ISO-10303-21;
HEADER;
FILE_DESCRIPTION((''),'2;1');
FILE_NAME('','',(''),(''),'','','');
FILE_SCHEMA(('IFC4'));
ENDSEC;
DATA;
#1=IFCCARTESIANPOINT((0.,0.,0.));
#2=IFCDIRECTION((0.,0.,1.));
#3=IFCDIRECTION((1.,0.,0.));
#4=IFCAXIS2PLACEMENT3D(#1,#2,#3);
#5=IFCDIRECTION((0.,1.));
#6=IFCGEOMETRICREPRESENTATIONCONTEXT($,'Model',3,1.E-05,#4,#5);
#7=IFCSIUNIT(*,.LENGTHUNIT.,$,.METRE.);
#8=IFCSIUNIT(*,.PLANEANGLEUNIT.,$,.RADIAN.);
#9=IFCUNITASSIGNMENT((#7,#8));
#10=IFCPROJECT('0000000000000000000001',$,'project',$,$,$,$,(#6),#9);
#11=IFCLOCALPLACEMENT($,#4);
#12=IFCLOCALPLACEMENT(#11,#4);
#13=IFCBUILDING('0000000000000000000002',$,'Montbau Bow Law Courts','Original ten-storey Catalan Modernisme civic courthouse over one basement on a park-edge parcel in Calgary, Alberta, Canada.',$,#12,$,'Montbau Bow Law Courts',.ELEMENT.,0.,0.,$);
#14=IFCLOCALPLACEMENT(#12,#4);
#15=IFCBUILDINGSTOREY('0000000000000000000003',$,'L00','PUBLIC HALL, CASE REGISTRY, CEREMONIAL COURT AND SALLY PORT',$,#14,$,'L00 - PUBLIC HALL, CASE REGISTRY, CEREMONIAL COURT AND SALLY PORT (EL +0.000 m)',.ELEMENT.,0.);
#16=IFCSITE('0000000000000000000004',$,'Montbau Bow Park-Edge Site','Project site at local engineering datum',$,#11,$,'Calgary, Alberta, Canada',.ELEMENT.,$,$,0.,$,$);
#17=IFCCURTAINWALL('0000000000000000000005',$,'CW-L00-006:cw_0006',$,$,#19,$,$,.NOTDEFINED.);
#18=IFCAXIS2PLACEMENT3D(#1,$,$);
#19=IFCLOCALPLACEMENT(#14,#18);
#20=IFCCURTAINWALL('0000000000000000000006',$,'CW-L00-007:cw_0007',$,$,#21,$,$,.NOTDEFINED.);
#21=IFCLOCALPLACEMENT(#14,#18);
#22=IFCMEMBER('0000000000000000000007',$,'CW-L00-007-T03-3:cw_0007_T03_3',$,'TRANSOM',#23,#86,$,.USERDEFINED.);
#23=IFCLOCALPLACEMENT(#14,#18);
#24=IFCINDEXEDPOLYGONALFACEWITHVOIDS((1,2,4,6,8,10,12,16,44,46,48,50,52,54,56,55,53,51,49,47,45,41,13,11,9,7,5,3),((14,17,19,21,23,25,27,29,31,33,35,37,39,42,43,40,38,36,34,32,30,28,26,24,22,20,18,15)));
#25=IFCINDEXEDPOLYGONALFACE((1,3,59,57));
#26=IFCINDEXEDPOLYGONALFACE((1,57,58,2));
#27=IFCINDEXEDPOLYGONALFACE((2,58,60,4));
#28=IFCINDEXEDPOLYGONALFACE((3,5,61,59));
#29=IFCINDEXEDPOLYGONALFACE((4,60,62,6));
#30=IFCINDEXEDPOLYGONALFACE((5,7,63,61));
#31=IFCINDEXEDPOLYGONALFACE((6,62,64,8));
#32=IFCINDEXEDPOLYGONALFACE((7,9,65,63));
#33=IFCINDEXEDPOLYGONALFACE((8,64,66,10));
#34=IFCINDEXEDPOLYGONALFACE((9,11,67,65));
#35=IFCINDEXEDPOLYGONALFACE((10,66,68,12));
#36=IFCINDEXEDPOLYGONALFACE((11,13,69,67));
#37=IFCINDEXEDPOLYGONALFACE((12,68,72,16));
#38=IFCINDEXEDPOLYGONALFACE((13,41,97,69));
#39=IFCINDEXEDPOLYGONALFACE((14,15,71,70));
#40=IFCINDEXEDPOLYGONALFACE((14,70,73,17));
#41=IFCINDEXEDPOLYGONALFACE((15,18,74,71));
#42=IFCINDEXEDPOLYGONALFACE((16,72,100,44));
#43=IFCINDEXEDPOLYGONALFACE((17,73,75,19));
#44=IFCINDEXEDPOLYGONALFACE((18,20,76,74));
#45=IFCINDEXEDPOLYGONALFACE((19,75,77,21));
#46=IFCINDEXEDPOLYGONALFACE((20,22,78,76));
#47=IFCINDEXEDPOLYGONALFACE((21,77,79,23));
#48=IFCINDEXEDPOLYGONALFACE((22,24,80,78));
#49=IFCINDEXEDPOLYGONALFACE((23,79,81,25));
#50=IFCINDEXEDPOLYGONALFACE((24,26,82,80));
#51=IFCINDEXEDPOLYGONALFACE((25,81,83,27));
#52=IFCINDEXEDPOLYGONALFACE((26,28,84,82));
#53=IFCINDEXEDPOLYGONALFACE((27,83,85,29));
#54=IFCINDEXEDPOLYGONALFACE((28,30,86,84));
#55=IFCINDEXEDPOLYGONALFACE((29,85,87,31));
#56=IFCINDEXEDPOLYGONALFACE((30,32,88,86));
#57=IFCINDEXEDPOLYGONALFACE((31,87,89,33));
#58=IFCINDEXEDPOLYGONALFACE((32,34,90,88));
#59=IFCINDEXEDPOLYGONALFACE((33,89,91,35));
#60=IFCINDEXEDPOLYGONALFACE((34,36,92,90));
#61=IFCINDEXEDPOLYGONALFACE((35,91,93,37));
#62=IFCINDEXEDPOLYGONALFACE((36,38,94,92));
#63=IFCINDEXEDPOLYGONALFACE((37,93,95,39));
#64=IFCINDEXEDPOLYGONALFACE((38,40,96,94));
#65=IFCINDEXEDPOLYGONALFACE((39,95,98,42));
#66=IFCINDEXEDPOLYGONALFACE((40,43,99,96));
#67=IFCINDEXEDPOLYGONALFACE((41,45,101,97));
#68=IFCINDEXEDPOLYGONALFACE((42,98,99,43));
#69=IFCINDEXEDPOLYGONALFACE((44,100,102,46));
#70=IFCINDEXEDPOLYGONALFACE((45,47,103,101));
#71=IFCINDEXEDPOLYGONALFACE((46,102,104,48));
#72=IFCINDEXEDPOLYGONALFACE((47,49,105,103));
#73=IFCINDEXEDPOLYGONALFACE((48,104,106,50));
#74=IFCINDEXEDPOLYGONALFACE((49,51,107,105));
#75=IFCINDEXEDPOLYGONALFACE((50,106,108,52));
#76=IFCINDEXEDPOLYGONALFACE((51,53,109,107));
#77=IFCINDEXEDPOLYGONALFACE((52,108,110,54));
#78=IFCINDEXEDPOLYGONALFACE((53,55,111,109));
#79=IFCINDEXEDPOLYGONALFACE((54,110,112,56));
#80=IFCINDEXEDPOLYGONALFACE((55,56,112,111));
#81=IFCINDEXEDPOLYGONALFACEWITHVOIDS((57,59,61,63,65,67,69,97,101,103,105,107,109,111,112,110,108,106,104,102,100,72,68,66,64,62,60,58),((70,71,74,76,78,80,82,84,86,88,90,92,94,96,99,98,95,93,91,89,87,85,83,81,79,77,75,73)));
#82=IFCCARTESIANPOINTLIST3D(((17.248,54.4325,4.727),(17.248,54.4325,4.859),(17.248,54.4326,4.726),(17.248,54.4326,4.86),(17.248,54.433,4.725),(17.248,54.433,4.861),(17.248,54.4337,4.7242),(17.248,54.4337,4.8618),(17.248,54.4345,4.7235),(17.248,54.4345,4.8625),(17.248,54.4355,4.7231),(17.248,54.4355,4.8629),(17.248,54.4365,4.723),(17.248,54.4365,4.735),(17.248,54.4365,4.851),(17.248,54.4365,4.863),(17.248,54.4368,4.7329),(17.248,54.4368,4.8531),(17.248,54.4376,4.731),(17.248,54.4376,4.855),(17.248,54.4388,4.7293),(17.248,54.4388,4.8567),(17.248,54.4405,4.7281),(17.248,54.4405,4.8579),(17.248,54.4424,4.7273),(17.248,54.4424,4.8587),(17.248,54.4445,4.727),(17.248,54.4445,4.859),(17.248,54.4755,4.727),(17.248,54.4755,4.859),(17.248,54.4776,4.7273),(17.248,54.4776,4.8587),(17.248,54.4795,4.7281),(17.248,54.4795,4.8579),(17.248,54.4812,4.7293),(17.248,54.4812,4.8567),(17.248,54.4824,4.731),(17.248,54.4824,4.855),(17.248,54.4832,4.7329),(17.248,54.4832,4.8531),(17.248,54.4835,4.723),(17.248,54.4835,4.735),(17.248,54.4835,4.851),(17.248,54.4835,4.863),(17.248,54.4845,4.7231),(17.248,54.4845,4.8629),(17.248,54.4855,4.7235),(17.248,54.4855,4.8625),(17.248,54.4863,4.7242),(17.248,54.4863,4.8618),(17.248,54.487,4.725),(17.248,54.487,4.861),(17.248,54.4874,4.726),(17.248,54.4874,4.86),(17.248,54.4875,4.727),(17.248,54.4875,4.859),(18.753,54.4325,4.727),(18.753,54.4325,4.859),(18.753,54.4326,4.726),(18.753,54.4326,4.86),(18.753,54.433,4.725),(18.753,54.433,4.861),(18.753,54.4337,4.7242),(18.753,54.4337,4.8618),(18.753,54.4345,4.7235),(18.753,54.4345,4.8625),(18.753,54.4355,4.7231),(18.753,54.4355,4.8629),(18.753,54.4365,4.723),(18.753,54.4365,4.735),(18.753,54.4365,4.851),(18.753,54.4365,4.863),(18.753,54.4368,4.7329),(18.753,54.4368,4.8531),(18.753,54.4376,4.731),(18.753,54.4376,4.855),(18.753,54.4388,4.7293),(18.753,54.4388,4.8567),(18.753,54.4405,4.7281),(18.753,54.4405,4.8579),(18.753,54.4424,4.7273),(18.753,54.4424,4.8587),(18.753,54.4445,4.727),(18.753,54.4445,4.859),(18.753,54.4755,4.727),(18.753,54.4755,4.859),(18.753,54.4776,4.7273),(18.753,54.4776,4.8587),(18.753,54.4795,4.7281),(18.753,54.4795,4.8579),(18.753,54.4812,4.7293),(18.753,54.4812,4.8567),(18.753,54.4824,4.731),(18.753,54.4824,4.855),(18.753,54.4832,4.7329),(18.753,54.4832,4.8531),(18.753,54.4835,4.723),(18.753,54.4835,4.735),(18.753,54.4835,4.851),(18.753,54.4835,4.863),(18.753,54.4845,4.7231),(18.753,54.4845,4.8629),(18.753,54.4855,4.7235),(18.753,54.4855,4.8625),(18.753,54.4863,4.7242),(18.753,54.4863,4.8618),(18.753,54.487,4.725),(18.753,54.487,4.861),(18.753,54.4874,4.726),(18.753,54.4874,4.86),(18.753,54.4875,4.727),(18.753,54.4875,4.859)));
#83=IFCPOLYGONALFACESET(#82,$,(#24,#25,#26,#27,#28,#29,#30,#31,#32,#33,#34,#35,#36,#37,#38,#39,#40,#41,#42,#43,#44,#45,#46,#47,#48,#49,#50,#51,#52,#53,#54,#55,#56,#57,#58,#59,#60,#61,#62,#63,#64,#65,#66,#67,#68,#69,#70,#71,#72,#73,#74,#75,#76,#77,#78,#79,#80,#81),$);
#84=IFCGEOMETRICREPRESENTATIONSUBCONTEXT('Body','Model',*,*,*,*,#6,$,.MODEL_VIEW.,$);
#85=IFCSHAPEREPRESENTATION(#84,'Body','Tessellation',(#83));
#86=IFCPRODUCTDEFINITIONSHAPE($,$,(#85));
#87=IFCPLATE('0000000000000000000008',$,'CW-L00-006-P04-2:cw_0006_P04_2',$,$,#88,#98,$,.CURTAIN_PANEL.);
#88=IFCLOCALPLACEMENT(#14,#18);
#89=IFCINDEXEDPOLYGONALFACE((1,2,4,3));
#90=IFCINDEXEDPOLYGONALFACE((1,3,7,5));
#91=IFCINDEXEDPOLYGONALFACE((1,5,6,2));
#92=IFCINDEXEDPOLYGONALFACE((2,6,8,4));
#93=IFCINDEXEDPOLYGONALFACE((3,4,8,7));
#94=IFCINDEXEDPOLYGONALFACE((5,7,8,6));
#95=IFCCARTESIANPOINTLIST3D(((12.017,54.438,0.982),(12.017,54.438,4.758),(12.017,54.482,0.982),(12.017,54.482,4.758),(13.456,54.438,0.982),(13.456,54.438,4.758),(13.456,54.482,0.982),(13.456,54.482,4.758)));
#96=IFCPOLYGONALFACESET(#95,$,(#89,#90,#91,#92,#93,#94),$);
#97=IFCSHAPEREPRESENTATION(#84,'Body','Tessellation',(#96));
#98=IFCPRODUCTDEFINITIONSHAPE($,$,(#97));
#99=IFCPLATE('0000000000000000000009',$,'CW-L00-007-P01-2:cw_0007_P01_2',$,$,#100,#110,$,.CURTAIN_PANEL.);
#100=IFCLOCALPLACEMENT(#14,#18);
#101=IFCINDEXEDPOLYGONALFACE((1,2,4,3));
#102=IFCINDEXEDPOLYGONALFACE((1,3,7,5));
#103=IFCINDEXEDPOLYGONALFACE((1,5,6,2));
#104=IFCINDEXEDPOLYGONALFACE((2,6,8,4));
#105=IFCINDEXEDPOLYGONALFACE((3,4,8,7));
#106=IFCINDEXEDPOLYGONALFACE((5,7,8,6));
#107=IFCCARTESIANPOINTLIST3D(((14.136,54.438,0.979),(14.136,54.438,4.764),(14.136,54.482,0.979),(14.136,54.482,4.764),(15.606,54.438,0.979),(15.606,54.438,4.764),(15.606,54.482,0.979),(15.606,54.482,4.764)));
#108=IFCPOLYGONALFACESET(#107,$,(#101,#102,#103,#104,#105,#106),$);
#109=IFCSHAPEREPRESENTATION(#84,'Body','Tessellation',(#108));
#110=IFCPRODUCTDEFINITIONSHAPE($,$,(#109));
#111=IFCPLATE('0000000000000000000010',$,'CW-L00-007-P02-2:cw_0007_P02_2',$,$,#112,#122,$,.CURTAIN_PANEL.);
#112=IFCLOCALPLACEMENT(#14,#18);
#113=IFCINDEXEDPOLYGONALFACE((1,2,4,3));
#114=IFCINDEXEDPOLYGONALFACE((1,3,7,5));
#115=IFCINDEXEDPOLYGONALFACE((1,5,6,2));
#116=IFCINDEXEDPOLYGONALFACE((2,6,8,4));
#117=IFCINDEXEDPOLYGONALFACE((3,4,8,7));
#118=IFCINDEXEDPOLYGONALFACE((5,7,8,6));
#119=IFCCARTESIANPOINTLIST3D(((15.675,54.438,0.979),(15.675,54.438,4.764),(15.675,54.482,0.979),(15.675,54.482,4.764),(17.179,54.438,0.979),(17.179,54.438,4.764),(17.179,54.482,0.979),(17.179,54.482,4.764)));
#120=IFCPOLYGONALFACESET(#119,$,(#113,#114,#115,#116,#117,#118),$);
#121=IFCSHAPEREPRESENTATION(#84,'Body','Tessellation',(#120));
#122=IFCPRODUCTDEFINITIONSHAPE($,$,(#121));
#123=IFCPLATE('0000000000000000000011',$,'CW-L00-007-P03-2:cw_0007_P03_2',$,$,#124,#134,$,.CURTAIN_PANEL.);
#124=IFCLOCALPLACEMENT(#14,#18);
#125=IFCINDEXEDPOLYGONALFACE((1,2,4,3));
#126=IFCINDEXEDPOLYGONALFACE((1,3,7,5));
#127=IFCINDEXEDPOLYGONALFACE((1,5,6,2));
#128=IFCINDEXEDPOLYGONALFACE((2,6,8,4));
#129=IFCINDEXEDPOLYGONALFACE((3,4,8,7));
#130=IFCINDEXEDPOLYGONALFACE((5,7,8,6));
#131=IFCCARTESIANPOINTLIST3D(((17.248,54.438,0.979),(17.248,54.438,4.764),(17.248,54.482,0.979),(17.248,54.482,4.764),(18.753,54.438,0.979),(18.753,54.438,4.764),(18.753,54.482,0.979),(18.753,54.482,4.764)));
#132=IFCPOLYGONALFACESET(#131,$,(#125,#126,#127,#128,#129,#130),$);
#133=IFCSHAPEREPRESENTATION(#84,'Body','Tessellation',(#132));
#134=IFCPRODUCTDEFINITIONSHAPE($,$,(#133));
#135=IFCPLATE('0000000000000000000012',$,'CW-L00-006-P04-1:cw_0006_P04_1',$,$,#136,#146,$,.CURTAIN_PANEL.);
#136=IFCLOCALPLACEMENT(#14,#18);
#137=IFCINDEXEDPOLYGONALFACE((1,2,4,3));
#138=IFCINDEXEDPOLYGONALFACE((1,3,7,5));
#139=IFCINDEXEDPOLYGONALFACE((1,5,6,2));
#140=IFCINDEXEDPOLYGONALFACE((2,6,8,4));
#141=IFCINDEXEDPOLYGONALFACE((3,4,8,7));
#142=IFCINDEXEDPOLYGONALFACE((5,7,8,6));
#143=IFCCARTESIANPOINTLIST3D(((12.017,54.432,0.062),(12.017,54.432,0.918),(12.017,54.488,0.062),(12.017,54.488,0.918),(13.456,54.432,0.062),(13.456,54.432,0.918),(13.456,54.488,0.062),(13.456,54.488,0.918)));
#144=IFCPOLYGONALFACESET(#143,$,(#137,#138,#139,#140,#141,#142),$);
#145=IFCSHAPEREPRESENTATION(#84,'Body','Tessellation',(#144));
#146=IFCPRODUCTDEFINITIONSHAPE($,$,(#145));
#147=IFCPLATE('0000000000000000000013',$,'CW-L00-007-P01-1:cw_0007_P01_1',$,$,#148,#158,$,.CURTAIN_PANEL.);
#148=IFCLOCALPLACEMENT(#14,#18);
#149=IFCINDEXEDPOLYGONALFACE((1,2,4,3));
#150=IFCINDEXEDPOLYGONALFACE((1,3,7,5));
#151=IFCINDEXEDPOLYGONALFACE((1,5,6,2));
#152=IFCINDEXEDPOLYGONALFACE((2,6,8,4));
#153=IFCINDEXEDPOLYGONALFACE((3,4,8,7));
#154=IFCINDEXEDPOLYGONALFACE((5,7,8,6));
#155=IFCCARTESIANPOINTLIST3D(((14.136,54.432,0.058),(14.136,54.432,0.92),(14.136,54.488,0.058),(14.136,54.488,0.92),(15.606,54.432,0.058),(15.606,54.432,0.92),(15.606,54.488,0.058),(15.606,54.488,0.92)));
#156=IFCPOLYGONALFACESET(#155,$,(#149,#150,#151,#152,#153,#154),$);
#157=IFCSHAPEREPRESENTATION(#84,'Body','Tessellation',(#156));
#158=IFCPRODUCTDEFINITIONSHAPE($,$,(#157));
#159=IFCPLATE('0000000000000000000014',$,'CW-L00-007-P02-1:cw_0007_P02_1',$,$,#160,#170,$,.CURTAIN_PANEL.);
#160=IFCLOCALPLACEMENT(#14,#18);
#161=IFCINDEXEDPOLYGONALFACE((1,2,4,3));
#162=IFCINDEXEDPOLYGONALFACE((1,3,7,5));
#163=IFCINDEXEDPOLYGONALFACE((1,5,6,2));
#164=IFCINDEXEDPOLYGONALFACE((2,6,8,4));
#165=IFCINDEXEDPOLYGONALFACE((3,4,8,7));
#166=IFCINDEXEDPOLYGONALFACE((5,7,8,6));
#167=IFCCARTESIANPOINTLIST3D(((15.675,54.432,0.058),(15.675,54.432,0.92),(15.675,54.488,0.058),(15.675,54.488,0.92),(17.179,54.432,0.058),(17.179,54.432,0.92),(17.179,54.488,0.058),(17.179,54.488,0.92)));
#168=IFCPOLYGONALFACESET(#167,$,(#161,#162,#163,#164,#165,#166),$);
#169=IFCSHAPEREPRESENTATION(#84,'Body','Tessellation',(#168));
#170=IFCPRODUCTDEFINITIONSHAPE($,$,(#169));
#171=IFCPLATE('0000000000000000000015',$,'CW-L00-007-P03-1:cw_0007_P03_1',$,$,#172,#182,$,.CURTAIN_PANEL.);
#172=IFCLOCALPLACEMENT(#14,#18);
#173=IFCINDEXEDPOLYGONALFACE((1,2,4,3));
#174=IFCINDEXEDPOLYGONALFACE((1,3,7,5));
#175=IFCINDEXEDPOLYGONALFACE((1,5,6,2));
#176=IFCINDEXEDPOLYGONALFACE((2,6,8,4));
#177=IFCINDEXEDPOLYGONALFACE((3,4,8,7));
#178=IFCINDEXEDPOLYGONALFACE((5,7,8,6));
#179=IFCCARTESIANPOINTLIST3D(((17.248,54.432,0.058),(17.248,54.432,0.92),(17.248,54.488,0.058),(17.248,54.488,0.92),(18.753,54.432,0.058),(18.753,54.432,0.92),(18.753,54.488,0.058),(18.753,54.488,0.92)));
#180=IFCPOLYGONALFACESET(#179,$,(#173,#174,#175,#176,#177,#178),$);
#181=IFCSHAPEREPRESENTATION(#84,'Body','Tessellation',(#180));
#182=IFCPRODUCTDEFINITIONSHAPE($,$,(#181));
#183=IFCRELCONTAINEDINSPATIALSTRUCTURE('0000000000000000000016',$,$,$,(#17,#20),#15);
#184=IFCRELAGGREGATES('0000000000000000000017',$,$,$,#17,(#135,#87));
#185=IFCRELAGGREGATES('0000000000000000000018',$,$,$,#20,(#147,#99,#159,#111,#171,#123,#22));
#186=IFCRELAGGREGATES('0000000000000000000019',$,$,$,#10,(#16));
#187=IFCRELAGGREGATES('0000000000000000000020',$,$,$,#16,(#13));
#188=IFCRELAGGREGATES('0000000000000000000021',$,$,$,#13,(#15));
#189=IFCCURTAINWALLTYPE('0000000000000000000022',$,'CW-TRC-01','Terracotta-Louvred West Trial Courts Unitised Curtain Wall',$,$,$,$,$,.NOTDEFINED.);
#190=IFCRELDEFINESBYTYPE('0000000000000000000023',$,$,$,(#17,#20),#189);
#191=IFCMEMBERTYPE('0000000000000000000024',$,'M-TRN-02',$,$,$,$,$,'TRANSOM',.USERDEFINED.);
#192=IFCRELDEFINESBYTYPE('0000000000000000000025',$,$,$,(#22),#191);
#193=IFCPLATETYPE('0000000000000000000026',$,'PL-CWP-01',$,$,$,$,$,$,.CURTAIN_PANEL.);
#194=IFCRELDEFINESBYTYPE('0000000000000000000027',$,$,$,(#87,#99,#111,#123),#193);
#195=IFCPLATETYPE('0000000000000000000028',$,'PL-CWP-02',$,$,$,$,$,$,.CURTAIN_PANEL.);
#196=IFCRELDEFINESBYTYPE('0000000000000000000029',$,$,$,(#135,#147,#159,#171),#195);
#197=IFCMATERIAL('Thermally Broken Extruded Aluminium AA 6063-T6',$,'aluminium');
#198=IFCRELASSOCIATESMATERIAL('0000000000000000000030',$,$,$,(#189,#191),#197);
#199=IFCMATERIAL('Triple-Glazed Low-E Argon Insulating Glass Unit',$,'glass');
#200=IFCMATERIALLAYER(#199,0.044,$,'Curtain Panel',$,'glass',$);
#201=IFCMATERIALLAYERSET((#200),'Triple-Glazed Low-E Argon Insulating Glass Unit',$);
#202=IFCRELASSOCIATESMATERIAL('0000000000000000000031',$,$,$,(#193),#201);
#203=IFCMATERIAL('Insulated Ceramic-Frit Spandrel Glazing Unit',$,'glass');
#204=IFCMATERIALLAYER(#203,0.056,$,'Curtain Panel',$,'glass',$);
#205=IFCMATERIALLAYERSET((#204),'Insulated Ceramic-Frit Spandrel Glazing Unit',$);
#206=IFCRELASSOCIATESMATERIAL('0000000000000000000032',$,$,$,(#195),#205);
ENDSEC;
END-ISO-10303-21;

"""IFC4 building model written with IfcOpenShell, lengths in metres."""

from ifc_helpers import new_model, si_unit, direction, frame, frame_2d, origin_with_axes, origin_2d_with_axis, place, context, subcontext, project, spatial, rectangle, hollow_rectangle, extrude, material, layer, layer_set, material_profile, profile_set, type_object, element, aggregate, save


model = new_model("IFC4")

# Units and contexts
model_context = context("Model", 3, precision=1e-05, world=origin_with_axes(), true_north=direction((0.0, 1.0)))
body_context = subcontext(model_context, "Body", "Model", "MODEL_VIEW")
ifc_project = project(units=[si_unit("LENGTHUNIT", "METRE"), si_unit("PLANEANGLEUNIT", "RADIAN")], contexts=[model_context])

# Site, building, storey
site_placement = place(None, origin_with_axes())
site = spatial("IfcSite", under=ifc_project, at=site_placement, Name="Montbau Bow Park-Edge Site", Description="Project site at local engineering datum", LongName="Calgary, Alberta, Canada", CompositionType="ELEMENT", RefElevation=0.0)
building_placement = place(site_placement, origin_with_axes())
building = spatial("IfcBuilding", under=site, at=building_placement, Name="Montbau Bow Law Courts", Description="Original ten-storey Catalan Modernisme civic courthouse over one basement on a park-edge parcel in Calgary, Alberta, Canada.", LongName="Montbau Bow Law Courts", CompositionType="ELEMENT", ElevationOfRefHeight=0.0, ElevationOfTerrain=0.0)
storey_placement = place(building_placement, origin_with_axes())
storey = spatial("IfcBuildingStorey", under=building, at=storey_placement, Name="L00", Description="PUBLIC HALL, CASE REGISTRY, CEREMONIAL COURT AND SALLY PORT", LongName="L00 - PUBLIC HALL, CASE REGISTRY, CEREMONIAL COURT AND SALLY PORT (EL +0.000 m)", CompositionType="ELEMENT", Elevation=0.0)

# Curtain walls
ifc_material_1 = material(Name="Thermally Broken Extruded Aluminium AA 6063-T6", Category="aluminium")
curtain_wall_type = type_object("IfcCurtainWallType", Name="CW-TRC-01", Description="Terracotta-Louvred West Trial Courts Unitised Curtain Wall", PredefinedType="NOTDEFINED", material=ifc_material_1)
curtain_wall_1_placement = place(None, frame((7.315, 54.46, 0.0), z_axis=(0.0, 0.0, 1.0), x_axis=(1.0, 0.0, 0.0)))
curtain_wall_1 = element("IfcCurtainWall", 1, at=curtain_wall_1_placement, inside=storey, type_object=curtain_wall_type, Name="CW-L00-006:cw_0006", PredefinedType="NOTDEFINED")
curtain_wall_2_placement = place(None, frame((14.068, 54.46, 0.0), z_axis=(0.0, 0.0, 1.0), x_axis=(1.0, 0.0, 0.0)))
curtain_wall_2 = element("IfcCurtainWall", 2, at=curtain_wall_2_placement, inside=storey, type_object=curtain_wall_type, Name="CW-L00-007:cw_0007", PredefinedType="NOTDEFINED")

# Member
ifc_material_profile_1 = material_profile(ifc_material_1, hollow_rectangle(XDim=0.055, YDim=0.14, WallThickness=0.004, InnerFilletRadius=0.008, OuterFilletRadius=0.004, at=origin_2d_with_axis()), Name="CWT-140X55", Category="Main", Priority=0)
ifc_profile_set_1 = profile_set([ifc_material_profile_1], Name="Thermally Broken Extruded Aluminium AA 6063-T6")
member_type_1 = type_object("IfcMemberType", Name="M-TRN-02", ElementType="TRANSOM", PredefinedType="USERDEFINED", material=ifc_profile_set_1)
member_1_placement = place(None, frame((17.248, 54.46, 4.793), z_axis=(1.0, 0.0, 0.0), x_axis=(0.0, 1.0, 0.0)))
member_1 = element("IfcMember", 3, at=member_1_placement, type_object=member_type_1, Name="CW-L00-007-T03-3:cw_0007_T03_3", ObjectType="TRANSOM", PredefinedType="USERDEFINED", context=body_context, shape_type="SweptSolid", body=[
    extrude(hollow_rectangle(XDim=0.055, YDim=0.14, WallThickness=0.004, InnerFilletRadius=0.008, OuterFilletRadius=0.004, at=origin_2d_with_axis()), origin_with_axes(), (0.0, 0.0, 1.0), 1.505),
])

# Plates
ifc_material_2 = material(Name="Triple-Glazed Low-E Argon Insulating Glass Unit", Category="glass")
ifc_layer_1 = layer(ifc_material_2, 0.044, Name="Curtain Panel", Category="glass")
ifc_layer_set_1 = layer_set([ifc_layer_1], Name="Triple-Glazed Low-E Argon Insulating Glass Unit")
plate_type_1 = type_object("IfcPlateType", Name="PL-CWP-01", PredefinedType="CURTAIN_PANEL", material=ifc_layer_set_1)
plate_1_placement = place(None, frame((12.017, 54.46, 0.982), z_axis=(0.0, -1.0, 0.0), x_axis=(1.0, 0.0, 0.0)))
plate_1 = element("IfcPlate", 4, at=plate_1_placement, type_object=plate_type_1, Name="CW-L00-006-P04-2:cw_0006_P04_2", PredefinedType="CURTAIN_PANEL", context=body_context, shape_type="SweptSolid", body=[
    extrude(rectangle(XDim=1.439, YDim=3.776, at=frame_2d((0.7195, 1.888), x_axis=(1.0, 0.0))), frame((0.0, 0.0, -0.022), z_axis=(0.0, 0.0, 1.0), x_axis=(1.0, 0.0, 0.0)), (0.0, 0.0, 1.0), 0.044),
])
plate_2_placement = place(None, frame((14.136, 54.46, 0.979), z_axis=(0.0, -1.0, 0.0), x_axis=(1.0, 0.0, 0.0)))
plate_2 = element("IfcPlate", 5, at=plate_2_placement, type_object=plate_type_1, Name="CW-L00-007-P01-2:cw_0007_P01_2", PredefinedType="CURTAIN_PANEL", context=body_context, shape_type="SweptSolid", body=[
    extrude(rectangle(XDim=1.47, YDim=3.785, at=frame_2d((0.735, 1.8925), x_axis=(1.0, 0.0))), frame((0.0, 0.0, -0.022), z_axis=(0.0, 0.0, 1.0), x_axis=(1.0, 0.0, 0.0)), (0.0, 0.0, 1.0), 0.044),
])
plate_3_placement = place(None, frame((15.675, 54.46, 0.979), z_axis=(0.0, -1.0, 0.0), x_axis=(1.0, 0.0, 0.0)))
plate_3 = element("IfcPlate", 6, at=plate_3_placement, type_object=plate_type_1, Name="CW-L00-007-P02-2:cw_0007_P02_2", PredefinedType="CURTAIN_PANEL", context=body_context, shape_type="SweptSolid", body=[
    extrude(rectangle(XDim=1.504, YDim=3.785, at=frame_2d((0.752, 1.8925), x_axis=(1.0, 0.0))), frame((0.0, 0.0, -0.022), z_axis=(0.0, 0.0, 1.0), x_axis=(1.0, 0.0, 0.0)), (0.0, 0.0, 1.0), 0.044),
])
plate_4_placement = place(None, frame((17.248, 54.46, 0.979), z_axis=(0.0, -1.0, 0.0), x_axis=(1.0, 0.0, 0.0)))
plate_4 = element("IfcPlate", 7, at=plate_4_placement, type_object=plate_type_1, Name="CW-L00-007-P03-2:cw_0007_P03_2", PredefinedType="CURTAIN_PANEL", context=body_context, shape_type="SweptSolid", body=[
    extrude(rectangle(XDim=1.505, YDim=3.785, at=frame_2d((0.7525, 1.8925), x_axis=(1.0, 0.0))), frame((0.0, 0.0, -0.022), z_axis=(0.0, 0.0, 1.0), x_axis=(1.0, 0.0, 0.0)), (0.0, 0.0, 1.0), 0.044),
])
ifc_material_3 = material(Name="Insulated Ceramic-Frit Spandrel Glazing Unit", Category="glass")
ifc_layer_2 = layer(ifc_material_3, 0.056, Name="Curtain Panel", Category="glass")
ifc_layer_set_2 = layer_set([ifc_layer_2], Name="Insulated Ceramic-Frit Spandrel Glazing Unit")
plate_type_2 = type_object("IfcPlateType", Name="PL-CWP-02", PredefinedType="CURTAIN_PANEL", material=ifc_layer_set_2)
plate_5_placement = place(None, frame((12.017, 54.46, 0.062), z_axis=(0.0, -1.0, 0.0), x_axis=(1.0, 0.0, 0.0)))
plate_5 = element("IfcPlate", 8, at=plate_5_placement, type_object=plate_type_2, Name="CW-L00-006-P04-1:cw_0006_P04_1", PredefinedType="CURTAIN_PANEL", context=body_context, shape_type="SweptSolid", body=[
    extrude(rectangle(XDim=1.439, YDim=0.856, at=frame_2d((0.7195, 0.428), x_axis=(1.0, 0.0))), frame((0.0, 0.0, -0.028), z_axis=(0.0, 0.0, 1.0), x_axis=(1.0, 0.0, 0.0)), (0.0, 0.0, 1.0), 0.056),
])
aggregate(curtain_wall_1, [plate_5, plate_1])
plate_6_placement = place(None, frame((14.136, 54.46, 0.058), z_axis=(0.0, -1.0, 0.0), x_axis=(1.0, 0.0, 0.0)))
plate_6 = element("IfcPlate", 9, at=plate_6_placement, type_object=plate_type_2, Name="CW-L00-007-P01-1:cw_0007_P01_1", PredefinedType="CURTAIN_PANEL", context=body_context, shape_type="SweptSolid", body=[
    extrude(rectangle(XDim=1.47, YDim=0.862, at=frame_2d((0.735, 0.431), x_axis=(1.0, 0.0))), frame((0.0, 0.0, -0.028), z_axis=(0.0, 0.0, 1.0), x_axis=(1.0, 0.0, 0.0)), (0.0, 0.0, 1.0), 0.056),
])
plate_7_placement = place(None, frame((15.675, 54.46, 0.058), z_axis=(0.0, -1.0, 0.0), x_axis=(1.0, 0.0, 0.0)))
plate_7 = element("IfcPlate", 10, at=plate_7_placement, type_object=plate_type_2, Name="CW-L00-007-P02-1:cw_0007_P02_1", PredefinedType="CURTAIN_PANEL", context=body_context, shape_type="SweptSolid", body=[
    extrude(rectangle(XDim=1.504, YDim=0.862, at=frame_2d((0.752, 0.431), x_axis=(1.0, 0.0))), frame((0.0, 0.0, -0.028), z_axis=(0.0, 0.0, 1.0), x_axis=(1.0, 0.0, 0.0)), (0.0, 0.0, 1.0), 0.056),
])
plate_8_placement = place(None, frame((17.248, 54.46, 0.058), z_axis=(0.0, -1.0, 0.0), x_axis=(1.0, 0.0, 0.0)))
plate_8 = element("IfcPlate", 11, at=plate_8_placement, type_object=plate_type_2, Name="CW-L00-007-P03-1:cw_0007_P03_1", PredefinedType="CURTAIN_PANEL", context=body_context, shape_type="SweptSolid", body=[
    extrude(rectangle(XDim=1.505, YDim=0.862, at=frame_2d((0.7525, 0.431), x_axis=(1.0, 0.0))), frame((0.0, 0.0, -0.028), z_axis=(0.0, 0.0, 1.0), x_axis=(1.0, 0.0, 0.0)), (0.0, 0.0, 1.0), 0.056),
])
aggregate(curtain_wall_2, [plate_6, plate_2, plate_7, plate_3, plate_8, plate_4, member_1])

save(model, "model.ifc")
